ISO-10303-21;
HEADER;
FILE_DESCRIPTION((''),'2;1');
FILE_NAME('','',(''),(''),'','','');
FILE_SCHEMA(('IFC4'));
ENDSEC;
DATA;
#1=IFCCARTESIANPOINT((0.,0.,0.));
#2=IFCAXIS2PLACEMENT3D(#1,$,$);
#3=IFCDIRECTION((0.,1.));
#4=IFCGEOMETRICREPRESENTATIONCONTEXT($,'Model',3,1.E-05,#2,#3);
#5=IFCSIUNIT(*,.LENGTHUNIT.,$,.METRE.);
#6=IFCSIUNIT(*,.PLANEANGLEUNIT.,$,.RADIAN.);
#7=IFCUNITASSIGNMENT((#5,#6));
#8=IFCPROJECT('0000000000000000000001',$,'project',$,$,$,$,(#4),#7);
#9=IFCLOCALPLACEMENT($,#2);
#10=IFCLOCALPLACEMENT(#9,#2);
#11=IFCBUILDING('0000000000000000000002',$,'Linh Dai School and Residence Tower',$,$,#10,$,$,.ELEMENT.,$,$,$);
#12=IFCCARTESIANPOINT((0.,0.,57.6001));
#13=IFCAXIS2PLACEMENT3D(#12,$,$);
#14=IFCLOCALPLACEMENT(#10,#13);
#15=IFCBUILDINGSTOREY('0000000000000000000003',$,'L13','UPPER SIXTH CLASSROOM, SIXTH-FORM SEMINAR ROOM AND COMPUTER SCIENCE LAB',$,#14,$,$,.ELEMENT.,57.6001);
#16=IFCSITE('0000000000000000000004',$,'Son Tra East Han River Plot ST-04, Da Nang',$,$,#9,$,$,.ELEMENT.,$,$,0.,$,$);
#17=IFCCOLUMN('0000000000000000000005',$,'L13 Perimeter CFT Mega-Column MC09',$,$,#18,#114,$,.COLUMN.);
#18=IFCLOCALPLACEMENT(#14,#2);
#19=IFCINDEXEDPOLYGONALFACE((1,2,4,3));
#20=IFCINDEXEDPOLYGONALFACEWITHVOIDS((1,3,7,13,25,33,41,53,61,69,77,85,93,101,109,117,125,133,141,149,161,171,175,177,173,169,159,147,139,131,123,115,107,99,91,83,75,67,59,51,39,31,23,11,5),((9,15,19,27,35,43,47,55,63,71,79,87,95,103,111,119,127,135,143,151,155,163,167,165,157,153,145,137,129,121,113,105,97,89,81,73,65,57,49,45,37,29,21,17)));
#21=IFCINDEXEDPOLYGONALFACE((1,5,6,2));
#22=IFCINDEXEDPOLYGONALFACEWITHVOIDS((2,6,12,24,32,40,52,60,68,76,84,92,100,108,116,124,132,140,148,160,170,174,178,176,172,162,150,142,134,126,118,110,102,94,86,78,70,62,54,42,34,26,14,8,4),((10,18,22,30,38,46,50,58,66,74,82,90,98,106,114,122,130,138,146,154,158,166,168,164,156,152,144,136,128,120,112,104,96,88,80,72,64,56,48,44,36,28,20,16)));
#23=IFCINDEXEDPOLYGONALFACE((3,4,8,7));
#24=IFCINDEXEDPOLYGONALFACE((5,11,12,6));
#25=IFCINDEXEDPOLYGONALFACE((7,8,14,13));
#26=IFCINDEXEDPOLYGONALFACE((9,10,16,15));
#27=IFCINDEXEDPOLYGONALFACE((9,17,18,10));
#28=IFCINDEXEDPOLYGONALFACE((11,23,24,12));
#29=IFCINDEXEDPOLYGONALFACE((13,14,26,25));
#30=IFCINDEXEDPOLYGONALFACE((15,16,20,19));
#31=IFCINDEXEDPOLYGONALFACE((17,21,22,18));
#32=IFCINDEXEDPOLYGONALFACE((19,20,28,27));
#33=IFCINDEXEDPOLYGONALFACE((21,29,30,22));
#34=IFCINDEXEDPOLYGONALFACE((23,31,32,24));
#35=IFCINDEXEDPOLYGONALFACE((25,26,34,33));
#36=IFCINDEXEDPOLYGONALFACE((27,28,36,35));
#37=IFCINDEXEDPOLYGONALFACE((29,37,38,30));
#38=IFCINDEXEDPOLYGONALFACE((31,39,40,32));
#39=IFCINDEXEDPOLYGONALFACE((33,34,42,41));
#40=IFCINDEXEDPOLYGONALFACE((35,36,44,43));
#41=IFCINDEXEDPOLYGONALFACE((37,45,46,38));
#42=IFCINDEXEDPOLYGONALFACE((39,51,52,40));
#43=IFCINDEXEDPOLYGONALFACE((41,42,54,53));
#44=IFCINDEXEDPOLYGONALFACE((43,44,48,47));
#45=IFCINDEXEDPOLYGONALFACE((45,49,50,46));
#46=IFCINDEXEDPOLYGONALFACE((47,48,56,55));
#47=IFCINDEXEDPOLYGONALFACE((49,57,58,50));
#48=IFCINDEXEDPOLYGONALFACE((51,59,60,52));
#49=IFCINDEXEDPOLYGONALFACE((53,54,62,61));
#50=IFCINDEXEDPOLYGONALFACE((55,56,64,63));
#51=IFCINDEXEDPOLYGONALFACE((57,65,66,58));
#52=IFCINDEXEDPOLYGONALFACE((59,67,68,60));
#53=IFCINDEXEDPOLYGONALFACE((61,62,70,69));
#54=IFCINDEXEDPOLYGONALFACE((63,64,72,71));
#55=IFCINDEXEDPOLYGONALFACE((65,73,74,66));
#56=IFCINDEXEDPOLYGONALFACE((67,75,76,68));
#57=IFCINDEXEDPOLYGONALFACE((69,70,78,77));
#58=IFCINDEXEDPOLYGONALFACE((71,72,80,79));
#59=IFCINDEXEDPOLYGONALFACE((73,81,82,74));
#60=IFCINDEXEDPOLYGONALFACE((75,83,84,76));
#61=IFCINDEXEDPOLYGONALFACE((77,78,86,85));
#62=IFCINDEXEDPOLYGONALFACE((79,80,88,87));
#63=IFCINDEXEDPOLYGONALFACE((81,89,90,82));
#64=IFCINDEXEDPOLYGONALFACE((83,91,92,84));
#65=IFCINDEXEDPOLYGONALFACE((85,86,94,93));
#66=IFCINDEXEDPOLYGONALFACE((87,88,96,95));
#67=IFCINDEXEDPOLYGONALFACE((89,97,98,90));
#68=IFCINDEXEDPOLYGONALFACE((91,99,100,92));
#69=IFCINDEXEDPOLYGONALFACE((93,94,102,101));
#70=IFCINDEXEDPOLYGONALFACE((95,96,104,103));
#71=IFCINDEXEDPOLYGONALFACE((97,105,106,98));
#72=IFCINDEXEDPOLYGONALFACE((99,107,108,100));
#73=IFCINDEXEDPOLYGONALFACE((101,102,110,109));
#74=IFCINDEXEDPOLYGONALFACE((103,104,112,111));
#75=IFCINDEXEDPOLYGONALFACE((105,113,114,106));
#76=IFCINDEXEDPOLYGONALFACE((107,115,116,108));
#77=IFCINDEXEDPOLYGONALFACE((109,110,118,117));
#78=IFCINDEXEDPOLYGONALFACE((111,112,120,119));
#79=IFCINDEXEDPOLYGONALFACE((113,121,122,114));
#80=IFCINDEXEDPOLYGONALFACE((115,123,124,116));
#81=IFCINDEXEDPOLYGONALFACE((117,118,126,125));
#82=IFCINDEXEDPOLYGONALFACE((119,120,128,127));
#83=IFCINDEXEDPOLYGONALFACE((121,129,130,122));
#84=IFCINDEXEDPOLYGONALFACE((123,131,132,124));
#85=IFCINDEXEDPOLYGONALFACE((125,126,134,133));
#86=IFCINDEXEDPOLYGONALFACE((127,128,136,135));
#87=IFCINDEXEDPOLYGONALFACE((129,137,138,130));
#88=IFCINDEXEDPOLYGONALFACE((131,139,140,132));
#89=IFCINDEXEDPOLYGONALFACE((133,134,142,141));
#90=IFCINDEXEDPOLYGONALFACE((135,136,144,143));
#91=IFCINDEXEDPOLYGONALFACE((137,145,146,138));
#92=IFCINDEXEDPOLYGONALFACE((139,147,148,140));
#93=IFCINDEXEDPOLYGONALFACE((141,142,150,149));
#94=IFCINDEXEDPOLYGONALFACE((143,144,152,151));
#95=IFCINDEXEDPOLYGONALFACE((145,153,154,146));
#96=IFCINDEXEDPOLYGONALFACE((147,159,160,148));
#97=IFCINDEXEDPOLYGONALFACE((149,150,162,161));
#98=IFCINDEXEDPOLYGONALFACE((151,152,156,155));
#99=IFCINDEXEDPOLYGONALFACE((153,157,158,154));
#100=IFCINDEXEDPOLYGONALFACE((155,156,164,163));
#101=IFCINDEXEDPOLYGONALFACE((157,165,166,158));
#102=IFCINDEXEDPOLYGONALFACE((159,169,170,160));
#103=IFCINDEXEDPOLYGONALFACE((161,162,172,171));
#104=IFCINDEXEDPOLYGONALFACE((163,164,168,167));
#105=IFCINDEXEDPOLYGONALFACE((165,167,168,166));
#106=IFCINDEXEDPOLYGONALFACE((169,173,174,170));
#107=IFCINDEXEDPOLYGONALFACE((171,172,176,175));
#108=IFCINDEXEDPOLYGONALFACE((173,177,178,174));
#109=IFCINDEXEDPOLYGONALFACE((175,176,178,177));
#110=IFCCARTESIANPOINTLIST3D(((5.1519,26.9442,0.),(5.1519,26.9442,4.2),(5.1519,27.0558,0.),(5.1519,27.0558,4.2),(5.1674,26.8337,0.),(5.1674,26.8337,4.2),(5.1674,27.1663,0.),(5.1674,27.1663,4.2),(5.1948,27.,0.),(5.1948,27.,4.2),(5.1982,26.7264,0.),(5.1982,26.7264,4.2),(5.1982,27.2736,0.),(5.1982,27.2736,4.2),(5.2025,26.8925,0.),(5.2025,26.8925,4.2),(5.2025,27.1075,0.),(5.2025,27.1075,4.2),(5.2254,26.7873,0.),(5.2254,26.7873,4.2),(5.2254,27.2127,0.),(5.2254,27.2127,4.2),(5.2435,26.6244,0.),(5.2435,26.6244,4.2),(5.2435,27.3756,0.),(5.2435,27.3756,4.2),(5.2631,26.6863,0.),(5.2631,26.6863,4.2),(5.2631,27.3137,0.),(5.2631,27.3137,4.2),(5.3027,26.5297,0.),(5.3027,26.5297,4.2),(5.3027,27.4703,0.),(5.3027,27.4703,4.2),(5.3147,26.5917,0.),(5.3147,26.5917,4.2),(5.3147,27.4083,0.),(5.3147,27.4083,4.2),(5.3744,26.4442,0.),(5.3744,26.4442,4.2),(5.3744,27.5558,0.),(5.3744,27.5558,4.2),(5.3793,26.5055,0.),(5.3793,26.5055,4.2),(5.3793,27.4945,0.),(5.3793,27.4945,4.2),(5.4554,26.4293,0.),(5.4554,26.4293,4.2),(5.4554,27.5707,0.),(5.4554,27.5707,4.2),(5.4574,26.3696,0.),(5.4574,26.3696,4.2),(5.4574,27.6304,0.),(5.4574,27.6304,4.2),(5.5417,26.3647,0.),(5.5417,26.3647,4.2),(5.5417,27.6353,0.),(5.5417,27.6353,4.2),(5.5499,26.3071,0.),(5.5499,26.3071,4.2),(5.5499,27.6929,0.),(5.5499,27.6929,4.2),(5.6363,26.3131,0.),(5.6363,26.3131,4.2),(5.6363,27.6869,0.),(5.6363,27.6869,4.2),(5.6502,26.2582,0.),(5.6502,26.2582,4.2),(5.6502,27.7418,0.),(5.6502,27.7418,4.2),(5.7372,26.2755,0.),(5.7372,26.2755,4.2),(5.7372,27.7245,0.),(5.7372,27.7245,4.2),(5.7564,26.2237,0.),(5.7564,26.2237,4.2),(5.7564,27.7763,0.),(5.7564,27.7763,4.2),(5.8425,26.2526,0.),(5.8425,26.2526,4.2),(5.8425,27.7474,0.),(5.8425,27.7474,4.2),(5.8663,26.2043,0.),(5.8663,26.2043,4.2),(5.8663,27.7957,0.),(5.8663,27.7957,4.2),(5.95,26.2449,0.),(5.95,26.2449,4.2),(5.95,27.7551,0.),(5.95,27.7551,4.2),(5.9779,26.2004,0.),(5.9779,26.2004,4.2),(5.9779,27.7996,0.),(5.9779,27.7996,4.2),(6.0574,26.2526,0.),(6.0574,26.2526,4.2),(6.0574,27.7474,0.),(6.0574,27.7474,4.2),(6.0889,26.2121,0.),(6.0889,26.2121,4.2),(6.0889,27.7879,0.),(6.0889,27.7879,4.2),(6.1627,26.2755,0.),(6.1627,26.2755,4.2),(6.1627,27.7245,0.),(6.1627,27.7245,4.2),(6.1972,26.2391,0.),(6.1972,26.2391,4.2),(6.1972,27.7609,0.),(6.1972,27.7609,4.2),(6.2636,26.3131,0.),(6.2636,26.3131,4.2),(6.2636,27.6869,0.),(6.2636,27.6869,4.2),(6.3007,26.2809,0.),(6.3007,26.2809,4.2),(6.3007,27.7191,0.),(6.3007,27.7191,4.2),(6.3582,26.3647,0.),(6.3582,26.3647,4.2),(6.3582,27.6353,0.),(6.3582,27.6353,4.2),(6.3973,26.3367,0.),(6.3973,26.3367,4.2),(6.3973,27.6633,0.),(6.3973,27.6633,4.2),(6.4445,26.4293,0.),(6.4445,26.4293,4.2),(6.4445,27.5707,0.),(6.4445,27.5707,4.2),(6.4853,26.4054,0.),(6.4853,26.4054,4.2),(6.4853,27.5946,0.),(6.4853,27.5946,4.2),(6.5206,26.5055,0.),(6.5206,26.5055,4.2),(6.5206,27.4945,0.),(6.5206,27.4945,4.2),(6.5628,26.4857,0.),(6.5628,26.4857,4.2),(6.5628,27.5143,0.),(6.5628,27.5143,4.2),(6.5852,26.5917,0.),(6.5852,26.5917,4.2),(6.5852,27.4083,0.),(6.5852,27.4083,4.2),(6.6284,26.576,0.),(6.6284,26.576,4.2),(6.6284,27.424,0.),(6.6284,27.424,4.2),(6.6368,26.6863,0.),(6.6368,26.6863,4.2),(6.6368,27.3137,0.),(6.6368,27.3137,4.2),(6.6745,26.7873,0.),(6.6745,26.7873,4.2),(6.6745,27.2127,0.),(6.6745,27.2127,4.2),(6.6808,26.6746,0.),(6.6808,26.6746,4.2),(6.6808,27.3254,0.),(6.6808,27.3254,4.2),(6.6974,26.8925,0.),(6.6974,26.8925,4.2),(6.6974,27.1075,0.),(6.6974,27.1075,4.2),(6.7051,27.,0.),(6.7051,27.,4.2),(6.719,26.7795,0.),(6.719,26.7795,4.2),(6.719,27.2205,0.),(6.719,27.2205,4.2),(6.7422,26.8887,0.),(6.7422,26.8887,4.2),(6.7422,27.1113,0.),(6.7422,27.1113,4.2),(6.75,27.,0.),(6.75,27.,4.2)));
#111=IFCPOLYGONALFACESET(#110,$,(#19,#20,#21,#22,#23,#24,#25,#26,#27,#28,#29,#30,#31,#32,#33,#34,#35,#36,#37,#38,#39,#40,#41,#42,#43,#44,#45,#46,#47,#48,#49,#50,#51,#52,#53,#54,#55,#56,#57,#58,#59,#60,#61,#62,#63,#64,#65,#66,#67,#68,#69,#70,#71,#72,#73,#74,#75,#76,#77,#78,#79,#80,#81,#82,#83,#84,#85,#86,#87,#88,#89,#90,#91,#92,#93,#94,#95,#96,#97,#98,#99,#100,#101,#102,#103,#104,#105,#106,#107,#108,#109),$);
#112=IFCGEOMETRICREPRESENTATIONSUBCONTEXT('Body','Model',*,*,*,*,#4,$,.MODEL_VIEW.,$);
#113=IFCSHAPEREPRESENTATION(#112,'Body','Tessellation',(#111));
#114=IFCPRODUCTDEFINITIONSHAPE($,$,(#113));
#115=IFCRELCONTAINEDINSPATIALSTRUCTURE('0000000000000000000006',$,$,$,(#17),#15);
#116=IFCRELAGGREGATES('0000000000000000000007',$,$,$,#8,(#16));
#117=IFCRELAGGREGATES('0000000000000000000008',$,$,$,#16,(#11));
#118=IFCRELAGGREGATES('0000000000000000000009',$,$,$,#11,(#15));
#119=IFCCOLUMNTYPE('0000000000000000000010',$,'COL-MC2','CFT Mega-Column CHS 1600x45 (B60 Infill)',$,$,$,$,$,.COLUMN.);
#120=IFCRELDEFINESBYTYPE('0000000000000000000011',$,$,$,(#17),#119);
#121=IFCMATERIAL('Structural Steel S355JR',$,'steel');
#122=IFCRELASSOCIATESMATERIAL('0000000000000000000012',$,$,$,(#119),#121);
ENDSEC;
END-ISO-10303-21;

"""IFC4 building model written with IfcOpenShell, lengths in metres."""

from ifc_helpers import new_model, si_unit, direction, frame, origin, origin_2d, place, context, subcontext, project, spatial, hollow_circle, extrude, material, material_profile, profile_set, type_object, element, save


model = new_model("IFC4")

# Units and contexts
model_context = context("Model", 3, precision=1e-05, world=origin(), true_north=direction((0.0, 1.0)))
body_context = subcontext(model_context, "Body", "Model", "MODEL_VIEW")
ifc_project = project(units=[si_unit("LENGTHUNIT", "METRE"), si_unit("PLANEANGLEUNIT", "RADIAN")], contexts=[model_context])

# Site, building, storey
site_placement = place(None, origin())
site = spatial("IfcSite", under=ifc_project, at=site_placement, Name="Son Tra East Han River Plot ST-04, Da Nang", CompositionType="ELEMENT", RefElevation=0.0)
building_placement = place(site_placement, origin())
building = spatial("IfcBuilding", under=site, at=building_placement, Name="Linh Dai School and Residence Tower", CompositionType="ELEMENT")
storey_placement = place(building_placement, frame((0.0, 0.0, 57.6001)))
storey = spatial("IfcBuildingStorey", under=building, at=storey_placement, Name="L13", Description="UPPER SIXTH CLASSROOM, SIXTH-FORM SEMINAR ROOM AND COMPUTER SCIENCE LAB", CompositionType="ELEMENT", Elevation=57.6001)

# Column
ifc_material_1 = material(Name="Structural Steel S355JR", Category="steel")
ifc_material_profile_1 = material_profile(ifc_material_1, hollow_circle(Radius=0.8, WallThickness=0.0449, at=origin_2d()), Name="CHS 1600x45")
ifc_profile_set_1 = profile_set([ifc_material_profile_1], Name="Structural Steel S355JR")
column_type = type_object("IfcColumnType", Name="COL-MC2", Description="CFT Mega-Column CHS 1600x45 (B60 Infill)", PredefinedType="COLUMN", material=ifc_profile_set_1)
for number, where, z_axis, x_axis, name in (
    (1, (5.95, 27.0, 0.0), (0.0, 0.0, 1.0), (1.0, 0.0, 0.0), "L13 Perimeter CFT Mega-Column MC09"),
):
    element("IfcColumn", number, at=place(storey_placement, frame(where, z_axis=z_axis, x_axis=x_axis)), inside=storey, type_object=column_type, Name=name, PredefinedType="COLUMN", context=body_context, shape_type="SweptSolid", body=[
        extrude(hollow_circle(Radius=0.8, WallThickness=0.0449, at=origin_2d()), origin(), (0.0, 0.0, 1.0), 4.2),
    ])

save(model, "model.ifc")
